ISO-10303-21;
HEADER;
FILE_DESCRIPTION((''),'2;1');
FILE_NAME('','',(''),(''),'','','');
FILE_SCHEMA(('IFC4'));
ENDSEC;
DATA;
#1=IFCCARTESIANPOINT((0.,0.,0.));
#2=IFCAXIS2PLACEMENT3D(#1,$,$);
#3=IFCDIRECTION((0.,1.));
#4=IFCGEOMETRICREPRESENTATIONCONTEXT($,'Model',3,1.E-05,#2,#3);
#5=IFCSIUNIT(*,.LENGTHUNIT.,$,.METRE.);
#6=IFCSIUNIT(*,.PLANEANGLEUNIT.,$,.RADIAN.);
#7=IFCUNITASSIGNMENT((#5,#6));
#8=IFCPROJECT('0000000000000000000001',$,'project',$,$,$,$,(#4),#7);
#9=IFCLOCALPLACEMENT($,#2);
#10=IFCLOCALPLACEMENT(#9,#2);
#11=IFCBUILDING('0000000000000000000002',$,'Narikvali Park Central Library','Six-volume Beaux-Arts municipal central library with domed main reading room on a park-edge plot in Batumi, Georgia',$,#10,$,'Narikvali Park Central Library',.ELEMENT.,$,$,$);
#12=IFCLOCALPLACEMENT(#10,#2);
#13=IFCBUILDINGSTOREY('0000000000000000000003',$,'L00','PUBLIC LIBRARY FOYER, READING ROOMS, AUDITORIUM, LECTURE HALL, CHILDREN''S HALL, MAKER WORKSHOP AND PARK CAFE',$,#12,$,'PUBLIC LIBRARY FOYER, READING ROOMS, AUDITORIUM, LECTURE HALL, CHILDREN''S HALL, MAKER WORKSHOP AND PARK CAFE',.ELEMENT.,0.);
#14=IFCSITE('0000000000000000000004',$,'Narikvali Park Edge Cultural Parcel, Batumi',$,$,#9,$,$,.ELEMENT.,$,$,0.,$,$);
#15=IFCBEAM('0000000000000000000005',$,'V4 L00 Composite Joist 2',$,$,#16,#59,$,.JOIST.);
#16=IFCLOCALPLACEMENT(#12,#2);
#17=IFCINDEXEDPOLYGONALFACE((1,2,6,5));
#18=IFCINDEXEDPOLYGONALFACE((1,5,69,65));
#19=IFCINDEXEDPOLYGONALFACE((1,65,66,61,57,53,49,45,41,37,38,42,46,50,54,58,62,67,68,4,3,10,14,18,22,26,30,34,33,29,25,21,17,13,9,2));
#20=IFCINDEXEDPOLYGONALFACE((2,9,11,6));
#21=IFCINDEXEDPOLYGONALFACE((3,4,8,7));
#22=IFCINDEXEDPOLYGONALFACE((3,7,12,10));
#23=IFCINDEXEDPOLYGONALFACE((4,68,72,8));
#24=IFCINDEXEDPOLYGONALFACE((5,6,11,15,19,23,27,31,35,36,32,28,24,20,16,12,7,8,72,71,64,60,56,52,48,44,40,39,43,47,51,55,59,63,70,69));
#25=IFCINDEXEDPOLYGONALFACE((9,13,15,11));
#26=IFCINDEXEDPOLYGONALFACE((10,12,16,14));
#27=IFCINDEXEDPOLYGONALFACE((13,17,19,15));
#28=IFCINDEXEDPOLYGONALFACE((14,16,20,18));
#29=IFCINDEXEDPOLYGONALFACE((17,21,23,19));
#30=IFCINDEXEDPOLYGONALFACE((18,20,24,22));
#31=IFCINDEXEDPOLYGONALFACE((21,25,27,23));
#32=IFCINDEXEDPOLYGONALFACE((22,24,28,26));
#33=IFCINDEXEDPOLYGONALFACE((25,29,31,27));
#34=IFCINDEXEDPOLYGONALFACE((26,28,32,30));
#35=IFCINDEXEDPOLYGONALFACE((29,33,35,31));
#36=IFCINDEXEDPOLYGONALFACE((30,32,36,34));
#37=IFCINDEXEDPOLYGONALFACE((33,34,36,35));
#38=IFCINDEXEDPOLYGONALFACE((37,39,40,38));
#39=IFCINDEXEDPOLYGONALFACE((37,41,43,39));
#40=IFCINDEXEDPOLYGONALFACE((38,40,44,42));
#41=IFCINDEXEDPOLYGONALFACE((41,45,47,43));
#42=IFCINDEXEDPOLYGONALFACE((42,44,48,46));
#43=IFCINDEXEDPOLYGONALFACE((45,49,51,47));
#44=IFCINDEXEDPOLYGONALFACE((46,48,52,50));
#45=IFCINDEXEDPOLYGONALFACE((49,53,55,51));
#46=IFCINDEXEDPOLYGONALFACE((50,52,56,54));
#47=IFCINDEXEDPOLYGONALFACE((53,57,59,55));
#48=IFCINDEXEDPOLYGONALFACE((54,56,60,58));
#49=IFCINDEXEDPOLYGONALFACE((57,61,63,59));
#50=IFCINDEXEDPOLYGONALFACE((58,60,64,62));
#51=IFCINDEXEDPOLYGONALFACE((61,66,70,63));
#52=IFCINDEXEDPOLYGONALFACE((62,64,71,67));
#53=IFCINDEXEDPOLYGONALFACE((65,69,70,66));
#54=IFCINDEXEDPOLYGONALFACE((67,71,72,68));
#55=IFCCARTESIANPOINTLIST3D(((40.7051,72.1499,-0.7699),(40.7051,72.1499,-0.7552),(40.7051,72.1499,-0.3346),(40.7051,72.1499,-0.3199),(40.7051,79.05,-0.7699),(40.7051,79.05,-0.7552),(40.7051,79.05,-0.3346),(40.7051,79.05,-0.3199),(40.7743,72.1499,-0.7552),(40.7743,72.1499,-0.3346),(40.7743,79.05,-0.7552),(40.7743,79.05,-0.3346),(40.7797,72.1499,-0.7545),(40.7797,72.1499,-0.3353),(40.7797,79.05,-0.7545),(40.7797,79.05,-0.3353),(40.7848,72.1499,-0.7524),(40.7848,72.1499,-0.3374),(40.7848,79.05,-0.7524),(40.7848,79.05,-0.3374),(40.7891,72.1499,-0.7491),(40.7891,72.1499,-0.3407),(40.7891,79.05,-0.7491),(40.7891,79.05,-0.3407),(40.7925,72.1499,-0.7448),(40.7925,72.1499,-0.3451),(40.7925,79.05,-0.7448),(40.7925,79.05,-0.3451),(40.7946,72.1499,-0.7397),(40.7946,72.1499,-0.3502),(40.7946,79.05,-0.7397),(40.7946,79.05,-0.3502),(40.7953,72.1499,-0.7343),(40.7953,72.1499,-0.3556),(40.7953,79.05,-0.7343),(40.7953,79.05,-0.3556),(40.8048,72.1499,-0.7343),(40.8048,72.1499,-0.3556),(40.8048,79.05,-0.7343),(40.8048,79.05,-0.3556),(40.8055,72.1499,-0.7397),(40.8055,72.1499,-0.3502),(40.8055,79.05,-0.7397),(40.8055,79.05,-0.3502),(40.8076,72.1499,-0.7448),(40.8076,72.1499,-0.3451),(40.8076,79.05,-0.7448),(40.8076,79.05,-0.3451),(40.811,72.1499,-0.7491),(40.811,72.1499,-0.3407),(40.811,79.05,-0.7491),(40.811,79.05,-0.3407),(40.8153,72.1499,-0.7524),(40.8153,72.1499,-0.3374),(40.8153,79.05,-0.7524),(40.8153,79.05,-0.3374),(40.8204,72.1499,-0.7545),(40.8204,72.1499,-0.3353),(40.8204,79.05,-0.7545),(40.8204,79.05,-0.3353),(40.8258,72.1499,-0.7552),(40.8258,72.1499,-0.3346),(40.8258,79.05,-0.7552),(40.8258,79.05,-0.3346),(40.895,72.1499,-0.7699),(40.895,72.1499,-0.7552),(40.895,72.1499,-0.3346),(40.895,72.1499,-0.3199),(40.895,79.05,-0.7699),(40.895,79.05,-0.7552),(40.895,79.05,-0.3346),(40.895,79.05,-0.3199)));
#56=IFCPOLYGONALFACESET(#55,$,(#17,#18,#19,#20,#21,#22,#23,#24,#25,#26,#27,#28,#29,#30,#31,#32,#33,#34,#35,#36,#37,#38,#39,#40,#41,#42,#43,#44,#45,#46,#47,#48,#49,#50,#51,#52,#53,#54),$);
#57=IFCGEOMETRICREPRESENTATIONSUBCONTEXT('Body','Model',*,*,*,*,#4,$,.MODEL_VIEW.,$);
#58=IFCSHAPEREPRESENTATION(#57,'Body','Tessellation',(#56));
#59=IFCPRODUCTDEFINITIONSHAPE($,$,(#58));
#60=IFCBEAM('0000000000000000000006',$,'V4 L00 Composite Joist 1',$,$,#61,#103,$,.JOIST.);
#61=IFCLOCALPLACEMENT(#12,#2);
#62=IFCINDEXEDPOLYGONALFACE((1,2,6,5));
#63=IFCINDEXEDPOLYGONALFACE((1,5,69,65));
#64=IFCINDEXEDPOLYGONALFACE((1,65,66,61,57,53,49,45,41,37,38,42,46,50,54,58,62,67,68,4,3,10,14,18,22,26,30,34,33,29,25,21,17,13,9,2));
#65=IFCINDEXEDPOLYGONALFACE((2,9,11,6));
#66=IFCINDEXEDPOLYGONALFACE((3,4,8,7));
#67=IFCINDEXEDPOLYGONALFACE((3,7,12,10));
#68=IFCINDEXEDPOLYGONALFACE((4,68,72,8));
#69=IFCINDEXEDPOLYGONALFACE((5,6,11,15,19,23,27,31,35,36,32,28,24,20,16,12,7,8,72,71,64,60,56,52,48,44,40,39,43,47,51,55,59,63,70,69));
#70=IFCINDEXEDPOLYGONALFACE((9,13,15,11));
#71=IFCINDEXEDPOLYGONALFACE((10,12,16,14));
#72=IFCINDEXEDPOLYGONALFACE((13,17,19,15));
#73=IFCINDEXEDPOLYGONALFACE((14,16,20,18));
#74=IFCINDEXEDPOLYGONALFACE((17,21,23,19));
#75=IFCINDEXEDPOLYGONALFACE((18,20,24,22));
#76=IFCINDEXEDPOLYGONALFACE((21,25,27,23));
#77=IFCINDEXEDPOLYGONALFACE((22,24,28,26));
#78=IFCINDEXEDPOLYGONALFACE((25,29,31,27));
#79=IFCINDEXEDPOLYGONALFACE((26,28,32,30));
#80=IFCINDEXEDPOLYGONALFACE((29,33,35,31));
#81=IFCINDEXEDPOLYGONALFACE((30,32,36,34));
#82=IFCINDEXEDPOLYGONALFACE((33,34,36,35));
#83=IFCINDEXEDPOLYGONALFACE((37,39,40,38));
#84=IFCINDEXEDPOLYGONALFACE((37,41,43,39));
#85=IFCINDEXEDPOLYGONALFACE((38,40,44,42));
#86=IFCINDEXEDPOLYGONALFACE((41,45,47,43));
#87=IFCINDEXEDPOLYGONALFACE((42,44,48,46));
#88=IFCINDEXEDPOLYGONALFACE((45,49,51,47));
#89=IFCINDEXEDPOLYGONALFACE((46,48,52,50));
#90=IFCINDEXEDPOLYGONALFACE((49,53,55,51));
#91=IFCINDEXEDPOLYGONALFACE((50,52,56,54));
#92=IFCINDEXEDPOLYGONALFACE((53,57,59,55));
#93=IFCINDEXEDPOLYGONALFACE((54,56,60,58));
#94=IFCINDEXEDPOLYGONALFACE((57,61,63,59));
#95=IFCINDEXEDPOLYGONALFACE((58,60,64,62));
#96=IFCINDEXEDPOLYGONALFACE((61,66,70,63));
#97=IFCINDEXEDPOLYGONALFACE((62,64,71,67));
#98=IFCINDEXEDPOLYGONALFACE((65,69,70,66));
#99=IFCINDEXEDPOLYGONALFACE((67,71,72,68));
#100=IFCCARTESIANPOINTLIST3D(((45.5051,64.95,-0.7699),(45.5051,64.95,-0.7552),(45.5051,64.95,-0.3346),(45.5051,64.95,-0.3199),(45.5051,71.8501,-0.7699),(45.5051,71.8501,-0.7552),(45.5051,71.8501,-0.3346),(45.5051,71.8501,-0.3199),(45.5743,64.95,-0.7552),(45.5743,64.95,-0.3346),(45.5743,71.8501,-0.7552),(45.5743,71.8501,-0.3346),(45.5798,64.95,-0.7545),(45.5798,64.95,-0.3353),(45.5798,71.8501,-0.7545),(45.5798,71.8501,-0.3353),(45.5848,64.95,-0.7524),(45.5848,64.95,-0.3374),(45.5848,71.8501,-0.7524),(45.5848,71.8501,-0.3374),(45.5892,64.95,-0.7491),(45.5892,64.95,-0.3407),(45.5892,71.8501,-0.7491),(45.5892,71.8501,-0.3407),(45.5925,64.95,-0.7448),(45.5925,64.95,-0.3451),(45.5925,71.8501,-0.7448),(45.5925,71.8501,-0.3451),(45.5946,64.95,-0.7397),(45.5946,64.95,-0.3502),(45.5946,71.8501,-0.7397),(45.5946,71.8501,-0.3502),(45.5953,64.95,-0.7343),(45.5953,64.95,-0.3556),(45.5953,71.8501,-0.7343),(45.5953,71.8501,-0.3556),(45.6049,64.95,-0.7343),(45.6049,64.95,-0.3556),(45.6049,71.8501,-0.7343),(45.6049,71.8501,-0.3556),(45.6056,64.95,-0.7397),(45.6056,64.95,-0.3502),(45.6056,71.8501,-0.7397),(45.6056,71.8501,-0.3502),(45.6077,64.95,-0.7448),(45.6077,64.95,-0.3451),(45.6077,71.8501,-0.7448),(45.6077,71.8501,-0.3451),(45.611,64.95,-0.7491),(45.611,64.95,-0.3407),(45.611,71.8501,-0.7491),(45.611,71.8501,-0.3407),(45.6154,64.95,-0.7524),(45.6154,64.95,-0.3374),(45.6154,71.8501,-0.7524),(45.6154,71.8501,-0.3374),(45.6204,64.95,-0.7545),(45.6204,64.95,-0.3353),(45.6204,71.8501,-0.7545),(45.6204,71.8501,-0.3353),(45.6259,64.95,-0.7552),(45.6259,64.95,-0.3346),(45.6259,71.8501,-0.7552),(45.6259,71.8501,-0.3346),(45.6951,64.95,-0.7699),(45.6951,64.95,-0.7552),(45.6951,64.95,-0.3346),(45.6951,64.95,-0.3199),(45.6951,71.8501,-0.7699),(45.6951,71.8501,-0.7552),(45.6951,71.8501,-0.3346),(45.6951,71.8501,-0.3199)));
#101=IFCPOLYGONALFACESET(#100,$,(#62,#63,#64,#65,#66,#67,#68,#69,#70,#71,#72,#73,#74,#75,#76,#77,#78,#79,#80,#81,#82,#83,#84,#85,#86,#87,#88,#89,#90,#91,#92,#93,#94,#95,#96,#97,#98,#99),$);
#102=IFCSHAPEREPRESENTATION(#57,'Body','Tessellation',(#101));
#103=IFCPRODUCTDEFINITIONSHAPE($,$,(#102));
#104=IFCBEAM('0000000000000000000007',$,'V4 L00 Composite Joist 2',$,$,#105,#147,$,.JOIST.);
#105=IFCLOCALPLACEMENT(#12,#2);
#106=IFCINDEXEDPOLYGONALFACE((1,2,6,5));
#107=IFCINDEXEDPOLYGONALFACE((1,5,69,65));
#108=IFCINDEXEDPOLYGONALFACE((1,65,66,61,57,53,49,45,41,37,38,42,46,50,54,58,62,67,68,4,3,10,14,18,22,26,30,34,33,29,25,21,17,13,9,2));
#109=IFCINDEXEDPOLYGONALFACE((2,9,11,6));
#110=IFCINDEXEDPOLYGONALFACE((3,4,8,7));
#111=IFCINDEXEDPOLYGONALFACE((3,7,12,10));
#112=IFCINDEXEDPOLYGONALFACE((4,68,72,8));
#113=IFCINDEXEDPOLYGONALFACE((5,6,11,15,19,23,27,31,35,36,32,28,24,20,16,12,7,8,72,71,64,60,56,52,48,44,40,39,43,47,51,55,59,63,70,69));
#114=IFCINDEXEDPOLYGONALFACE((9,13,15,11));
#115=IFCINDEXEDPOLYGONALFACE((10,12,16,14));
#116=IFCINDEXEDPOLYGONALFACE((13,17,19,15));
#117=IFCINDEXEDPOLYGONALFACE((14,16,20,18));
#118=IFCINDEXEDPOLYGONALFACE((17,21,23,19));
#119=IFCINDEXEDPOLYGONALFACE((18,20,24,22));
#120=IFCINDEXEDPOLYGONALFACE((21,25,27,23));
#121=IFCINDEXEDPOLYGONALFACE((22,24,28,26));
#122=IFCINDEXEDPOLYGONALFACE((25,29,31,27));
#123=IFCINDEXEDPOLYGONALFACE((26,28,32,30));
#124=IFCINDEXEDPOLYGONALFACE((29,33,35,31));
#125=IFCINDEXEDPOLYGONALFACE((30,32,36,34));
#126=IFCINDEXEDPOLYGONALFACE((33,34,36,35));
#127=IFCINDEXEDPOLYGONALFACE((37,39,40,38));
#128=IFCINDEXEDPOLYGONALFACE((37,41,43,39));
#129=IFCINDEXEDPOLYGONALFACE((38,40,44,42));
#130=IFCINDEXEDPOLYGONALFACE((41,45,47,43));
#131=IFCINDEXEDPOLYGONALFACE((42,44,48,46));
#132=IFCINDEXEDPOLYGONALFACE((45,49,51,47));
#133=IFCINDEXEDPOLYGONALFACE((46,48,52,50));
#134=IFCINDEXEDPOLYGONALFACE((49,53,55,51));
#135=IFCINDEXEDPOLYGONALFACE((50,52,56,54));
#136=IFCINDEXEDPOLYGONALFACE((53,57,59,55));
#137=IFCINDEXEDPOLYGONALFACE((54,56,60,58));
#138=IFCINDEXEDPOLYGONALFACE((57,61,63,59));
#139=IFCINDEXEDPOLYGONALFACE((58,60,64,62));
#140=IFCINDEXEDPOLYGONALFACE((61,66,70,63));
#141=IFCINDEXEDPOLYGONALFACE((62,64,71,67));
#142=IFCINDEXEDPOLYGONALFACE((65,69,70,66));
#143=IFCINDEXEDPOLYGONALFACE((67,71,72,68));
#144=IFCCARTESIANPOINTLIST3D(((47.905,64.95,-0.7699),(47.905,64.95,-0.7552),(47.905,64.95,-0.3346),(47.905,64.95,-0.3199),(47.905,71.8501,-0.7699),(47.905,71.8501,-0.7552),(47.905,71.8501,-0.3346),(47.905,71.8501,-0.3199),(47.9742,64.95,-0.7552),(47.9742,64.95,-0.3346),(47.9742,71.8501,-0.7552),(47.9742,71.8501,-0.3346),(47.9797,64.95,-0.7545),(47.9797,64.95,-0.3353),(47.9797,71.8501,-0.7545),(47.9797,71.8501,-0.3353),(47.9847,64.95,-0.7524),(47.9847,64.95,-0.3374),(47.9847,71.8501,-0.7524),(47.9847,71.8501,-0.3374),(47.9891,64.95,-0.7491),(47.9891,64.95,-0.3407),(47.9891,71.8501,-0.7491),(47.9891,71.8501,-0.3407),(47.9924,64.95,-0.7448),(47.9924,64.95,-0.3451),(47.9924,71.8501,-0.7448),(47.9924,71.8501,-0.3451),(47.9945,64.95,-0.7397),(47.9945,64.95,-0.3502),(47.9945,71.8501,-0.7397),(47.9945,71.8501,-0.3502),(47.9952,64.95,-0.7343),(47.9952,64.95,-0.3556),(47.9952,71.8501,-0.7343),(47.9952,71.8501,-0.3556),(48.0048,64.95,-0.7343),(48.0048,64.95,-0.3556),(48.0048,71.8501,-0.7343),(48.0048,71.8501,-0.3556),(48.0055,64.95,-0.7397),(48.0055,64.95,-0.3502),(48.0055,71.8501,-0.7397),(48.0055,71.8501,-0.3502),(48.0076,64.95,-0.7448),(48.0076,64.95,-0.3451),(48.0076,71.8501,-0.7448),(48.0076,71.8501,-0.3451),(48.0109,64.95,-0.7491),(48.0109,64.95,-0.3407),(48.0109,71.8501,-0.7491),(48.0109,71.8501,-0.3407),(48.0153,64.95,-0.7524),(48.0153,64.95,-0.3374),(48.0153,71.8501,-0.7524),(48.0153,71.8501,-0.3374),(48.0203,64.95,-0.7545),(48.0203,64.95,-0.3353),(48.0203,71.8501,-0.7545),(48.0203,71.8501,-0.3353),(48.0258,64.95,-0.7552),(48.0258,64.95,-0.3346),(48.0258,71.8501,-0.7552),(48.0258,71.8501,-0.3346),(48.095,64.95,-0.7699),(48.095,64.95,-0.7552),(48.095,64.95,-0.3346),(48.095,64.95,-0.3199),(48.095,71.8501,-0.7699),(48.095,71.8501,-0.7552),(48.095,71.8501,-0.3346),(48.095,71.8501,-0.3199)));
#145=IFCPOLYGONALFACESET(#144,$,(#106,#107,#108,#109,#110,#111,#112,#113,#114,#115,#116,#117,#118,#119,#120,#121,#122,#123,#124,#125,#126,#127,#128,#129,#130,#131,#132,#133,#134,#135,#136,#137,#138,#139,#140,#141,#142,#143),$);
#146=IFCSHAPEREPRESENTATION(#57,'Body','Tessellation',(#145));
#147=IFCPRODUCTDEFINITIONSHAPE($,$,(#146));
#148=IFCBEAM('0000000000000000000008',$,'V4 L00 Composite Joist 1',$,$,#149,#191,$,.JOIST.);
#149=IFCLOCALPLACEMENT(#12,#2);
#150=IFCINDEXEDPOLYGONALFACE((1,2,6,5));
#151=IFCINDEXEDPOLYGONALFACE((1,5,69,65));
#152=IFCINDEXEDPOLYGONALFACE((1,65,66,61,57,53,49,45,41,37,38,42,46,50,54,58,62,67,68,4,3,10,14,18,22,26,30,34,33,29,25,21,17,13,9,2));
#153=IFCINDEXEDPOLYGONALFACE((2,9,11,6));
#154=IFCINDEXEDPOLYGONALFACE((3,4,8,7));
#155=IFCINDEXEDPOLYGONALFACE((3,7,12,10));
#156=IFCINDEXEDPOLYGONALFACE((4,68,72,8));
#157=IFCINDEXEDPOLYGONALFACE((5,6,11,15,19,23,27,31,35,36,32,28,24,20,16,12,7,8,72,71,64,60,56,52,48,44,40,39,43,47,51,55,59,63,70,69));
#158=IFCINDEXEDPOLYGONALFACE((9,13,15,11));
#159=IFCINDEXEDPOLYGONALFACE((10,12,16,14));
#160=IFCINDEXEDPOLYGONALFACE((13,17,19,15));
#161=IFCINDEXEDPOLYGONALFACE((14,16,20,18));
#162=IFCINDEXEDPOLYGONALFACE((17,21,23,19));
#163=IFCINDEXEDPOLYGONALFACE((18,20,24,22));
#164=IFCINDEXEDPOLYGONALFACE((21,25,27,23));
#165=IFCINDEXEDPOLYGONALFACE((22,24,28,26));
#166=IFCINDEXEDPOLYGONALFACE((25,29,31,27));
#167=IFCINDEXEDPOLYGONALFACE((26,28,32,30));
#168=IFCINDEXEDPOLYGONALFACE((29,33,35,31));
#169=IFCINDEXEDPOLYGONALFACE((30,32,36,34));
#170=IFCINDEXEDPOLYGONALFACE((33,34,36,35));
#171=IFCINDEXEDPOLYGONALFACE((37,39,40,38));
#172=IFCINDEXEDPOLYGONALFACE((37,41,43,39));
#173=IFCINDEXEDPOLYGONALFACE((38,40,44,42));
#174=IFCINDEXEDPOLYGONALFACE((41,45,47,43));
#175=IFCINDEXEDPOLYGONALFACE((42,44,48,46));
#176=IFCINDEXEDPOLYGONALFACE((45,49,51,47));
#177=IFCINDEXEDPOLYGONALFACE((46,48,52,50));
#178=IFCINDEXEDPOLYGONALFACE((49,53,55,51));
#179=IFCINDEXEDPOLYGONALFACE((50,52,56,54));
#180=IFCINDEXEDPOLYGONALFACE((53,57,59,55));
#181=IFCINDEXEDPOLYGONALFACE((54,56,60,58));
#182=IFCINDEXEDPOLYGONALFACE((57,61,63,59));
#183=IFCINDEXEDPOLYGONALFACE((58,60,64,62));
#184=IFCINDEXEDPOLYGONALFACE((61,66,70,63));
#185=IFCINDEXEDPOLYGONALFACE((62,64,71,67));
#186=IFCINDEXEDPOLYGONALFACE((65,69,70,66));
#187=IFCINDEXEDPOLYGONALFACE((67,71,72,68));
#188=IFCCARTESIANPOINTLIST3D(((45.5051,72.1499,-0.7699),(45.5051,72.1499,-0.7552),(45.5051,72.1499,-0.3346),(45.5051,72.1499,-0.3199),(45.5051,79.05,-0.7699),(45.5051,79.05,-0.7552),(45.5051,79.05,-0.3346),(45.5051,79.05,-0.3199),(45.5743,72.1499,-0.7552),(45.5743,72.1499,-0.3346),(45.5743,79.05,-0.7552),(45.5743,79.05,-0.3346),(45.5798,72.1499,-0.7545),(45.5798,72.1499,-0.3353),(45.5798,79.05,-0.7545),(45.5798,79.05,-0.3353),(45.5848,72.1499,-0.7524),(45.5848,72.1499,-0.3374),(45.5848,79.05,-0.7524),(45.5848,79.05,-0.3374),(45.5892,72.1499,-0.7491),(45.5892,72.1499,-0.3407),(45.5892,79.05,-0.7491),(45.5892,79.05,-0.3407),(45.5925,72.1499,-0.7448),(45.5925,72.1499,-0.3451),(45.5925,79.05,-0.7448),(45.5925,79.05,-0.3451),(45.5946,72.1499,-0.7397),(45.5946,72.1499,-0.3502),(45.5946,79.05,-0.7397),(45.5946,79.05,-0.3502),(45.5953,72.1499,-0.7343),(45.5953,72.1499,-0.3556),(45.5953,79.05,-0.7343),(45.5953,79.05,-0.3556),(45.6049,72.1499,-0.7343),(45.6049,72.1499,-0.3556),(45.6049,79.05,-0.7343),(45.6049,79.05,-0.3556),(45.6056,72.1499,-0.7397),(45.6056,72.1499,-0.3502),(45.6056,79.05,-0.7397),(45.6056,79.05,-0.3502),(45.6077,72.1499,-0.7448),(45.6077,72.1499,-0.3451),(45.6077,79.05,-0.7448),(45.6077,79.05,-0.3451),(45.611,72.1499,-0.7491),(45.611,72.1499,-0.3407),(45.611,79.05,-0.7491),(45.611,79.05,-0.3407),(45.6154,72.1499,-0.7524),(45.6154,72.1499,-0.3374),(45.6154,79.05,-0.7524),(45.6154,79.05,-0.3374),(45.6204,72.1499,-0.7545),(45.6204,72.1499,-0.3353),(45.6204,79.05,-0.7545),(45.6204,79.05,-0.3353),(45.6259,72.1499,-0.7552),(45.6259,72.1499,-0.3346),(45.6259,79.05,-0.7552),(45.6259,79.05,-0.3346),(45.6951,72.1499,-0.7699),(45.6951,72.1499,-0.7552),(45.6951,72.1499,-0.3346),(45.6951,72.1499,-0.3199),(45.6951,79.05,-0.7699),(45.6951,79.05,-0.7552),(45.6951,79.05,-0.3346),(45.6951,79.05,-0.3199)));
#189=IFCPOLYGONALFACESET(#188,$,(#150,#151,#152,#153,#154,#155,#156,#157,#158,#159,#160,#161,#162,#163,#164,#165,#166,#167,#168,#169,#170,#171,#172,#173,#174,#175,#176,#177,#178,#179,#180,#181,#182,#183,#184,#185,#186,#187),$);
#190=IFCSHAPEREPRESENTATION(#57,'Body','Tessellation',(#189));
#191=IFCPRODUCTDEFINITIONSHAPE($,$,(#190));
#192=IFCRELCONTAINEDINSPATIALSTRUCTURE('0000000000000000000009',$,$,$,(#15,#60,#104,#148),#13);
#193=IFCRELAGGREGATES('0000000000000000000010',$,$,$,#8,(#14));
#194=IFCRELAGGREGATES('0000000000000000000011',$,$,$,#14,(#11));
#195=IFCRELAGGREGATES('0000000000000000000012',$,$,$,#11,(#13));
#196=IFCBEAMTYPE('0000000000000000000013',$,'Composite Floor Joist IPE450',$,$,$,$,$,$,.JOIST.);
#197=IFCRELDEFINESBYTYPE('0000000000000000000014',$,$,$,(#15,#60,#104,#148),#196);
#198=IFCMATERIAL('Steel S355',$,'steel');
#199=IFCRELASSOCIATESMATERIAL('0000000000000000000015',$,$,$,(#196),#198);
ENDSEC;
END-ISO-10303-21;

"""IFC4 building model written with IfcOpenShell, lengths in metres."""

from ifc_helpers import new_model, si_unit, direction, frame, origin, origin_2d, place, context, subcontext, project, spatial, i_section, extrude, material, material_profile, profile_set, type_object, element, save


model = new_model("IFC4")

# Units and contexts
model_context = context("Model", 3, precision=1e-05, world=origin(), true_north=direction((0.0, 1.0)))
body_context = subcontext(model_context, "Body", "Model", "MODEL_VIEW")
ifc_project = project(units=[si_unit("LENGTHUNIT", "METRE"), si_unit("PLANEANGLEUNIT", "RADIAN")], contexts=[model_context])

# Site, building, storey
site_placement = place(None, origin())
site = spatial("IfcSite", under=ifc_project, at=site_placement, Name="Narikvali Park Edge Cultural Parcel, Batumi", CompositionType="ELEMENT", RefElevation=0.0)
building_placement = place(site_placement, origin())
building = spatial("IfcBuilding", under=site, at=building_placement, Name="Narikvali Park Central Library", Description="Six-volume Beaux-Arts municipal central library with domed main reading room on a park-edge plot in Batumi, Georgia", LongName="Narikvali Park Central Library", CompositionType="ELEMENT")
storey_placement = place(building_placement, origin())
storey = spatial("IfcBuildingStorey", under=building, at=storey_placement, Name="L00", Description="PUBLIC LIBRARY FOYER, READING ROOMS, AUDITORIUM, LECTURE HALL, CHILDREN'S HALL, MAKER WORKSHOP AND PARK CAFE", LongName="PUBLIC LIBRARY FOYER, READING ROOMS, AUDITORIUM, LECTURE HALL, CHILDREN'S HALL, MAKER WORKSHOP AND PARK CAFE", CompositionType="ELEMENT", Elevation=0.0)

# Shared definitions
ifc_material_1 = material(Name="Steel S355", Category="steel")

# Beams
ifc_material_profile_1 = material_profile(ifc_material_1, i_section(OverallWidth=0.1899, OverallDepth=0.45, WebThickness=0.0095, FlangeThickness=0.0146, FilletRadius=0.021, at=origin_2d()), Name="IPE 450")
ifc_profile_set_1 = profile_set([ifc_material_profile_1], Name="Steel S355")
beam_type_1 = type_object("IfcBeamType", Name="Composite Floor Joist IPE450", PredefinedType="JOIST", material=ifc_profile_set_1)
for number, where, z_axis, x_axis, name in (
    (1, (40.8, 72.1499, -0.5449), (0.0, 1.0, 0.0), (-1.0, 0.0, 0.0), "V4 L00 Composite Joist 2"),
    (2, (45.6001, 64.95, -0.5449), (0.0, 1.0, 0.0), (-1.0, 0.0, 0.0), "V4 L00 Composite Joist 1"),
    (3, (48.0, 64.95, -0.5449), (0.0, 1.0, 0.0), (-1.0, 0.0, 0.0), "V4 L00 Composite Joist 2"),
    (4, (45.6001, 72.1499, -0.5449), (0.0, 1.0, 0.0), (-1.0, 0.0, 0.0), "V4 L00 Composite Joist 1"),
):
    element("IfcBeam", number, at=place(storey_placement, frame(where, z_axis=z_axis, x_axis=x_axis)), inside=storey, type_object=beam_type_1, Name=name, PredefinedType="JOIST", context=body_context, shape_type="SweptSolid", body=[
        extrude(i_section(OverallWidth=0.1899, OverallDepth=0.45, WebThickness=0.0095, FlangeThickness=0.0146, FilletRadius=0.021, at=origin_2d()), origin(), (0.0, 0.0, 1.0), 6.9001),
    ])

save(model, "model.ifc")
